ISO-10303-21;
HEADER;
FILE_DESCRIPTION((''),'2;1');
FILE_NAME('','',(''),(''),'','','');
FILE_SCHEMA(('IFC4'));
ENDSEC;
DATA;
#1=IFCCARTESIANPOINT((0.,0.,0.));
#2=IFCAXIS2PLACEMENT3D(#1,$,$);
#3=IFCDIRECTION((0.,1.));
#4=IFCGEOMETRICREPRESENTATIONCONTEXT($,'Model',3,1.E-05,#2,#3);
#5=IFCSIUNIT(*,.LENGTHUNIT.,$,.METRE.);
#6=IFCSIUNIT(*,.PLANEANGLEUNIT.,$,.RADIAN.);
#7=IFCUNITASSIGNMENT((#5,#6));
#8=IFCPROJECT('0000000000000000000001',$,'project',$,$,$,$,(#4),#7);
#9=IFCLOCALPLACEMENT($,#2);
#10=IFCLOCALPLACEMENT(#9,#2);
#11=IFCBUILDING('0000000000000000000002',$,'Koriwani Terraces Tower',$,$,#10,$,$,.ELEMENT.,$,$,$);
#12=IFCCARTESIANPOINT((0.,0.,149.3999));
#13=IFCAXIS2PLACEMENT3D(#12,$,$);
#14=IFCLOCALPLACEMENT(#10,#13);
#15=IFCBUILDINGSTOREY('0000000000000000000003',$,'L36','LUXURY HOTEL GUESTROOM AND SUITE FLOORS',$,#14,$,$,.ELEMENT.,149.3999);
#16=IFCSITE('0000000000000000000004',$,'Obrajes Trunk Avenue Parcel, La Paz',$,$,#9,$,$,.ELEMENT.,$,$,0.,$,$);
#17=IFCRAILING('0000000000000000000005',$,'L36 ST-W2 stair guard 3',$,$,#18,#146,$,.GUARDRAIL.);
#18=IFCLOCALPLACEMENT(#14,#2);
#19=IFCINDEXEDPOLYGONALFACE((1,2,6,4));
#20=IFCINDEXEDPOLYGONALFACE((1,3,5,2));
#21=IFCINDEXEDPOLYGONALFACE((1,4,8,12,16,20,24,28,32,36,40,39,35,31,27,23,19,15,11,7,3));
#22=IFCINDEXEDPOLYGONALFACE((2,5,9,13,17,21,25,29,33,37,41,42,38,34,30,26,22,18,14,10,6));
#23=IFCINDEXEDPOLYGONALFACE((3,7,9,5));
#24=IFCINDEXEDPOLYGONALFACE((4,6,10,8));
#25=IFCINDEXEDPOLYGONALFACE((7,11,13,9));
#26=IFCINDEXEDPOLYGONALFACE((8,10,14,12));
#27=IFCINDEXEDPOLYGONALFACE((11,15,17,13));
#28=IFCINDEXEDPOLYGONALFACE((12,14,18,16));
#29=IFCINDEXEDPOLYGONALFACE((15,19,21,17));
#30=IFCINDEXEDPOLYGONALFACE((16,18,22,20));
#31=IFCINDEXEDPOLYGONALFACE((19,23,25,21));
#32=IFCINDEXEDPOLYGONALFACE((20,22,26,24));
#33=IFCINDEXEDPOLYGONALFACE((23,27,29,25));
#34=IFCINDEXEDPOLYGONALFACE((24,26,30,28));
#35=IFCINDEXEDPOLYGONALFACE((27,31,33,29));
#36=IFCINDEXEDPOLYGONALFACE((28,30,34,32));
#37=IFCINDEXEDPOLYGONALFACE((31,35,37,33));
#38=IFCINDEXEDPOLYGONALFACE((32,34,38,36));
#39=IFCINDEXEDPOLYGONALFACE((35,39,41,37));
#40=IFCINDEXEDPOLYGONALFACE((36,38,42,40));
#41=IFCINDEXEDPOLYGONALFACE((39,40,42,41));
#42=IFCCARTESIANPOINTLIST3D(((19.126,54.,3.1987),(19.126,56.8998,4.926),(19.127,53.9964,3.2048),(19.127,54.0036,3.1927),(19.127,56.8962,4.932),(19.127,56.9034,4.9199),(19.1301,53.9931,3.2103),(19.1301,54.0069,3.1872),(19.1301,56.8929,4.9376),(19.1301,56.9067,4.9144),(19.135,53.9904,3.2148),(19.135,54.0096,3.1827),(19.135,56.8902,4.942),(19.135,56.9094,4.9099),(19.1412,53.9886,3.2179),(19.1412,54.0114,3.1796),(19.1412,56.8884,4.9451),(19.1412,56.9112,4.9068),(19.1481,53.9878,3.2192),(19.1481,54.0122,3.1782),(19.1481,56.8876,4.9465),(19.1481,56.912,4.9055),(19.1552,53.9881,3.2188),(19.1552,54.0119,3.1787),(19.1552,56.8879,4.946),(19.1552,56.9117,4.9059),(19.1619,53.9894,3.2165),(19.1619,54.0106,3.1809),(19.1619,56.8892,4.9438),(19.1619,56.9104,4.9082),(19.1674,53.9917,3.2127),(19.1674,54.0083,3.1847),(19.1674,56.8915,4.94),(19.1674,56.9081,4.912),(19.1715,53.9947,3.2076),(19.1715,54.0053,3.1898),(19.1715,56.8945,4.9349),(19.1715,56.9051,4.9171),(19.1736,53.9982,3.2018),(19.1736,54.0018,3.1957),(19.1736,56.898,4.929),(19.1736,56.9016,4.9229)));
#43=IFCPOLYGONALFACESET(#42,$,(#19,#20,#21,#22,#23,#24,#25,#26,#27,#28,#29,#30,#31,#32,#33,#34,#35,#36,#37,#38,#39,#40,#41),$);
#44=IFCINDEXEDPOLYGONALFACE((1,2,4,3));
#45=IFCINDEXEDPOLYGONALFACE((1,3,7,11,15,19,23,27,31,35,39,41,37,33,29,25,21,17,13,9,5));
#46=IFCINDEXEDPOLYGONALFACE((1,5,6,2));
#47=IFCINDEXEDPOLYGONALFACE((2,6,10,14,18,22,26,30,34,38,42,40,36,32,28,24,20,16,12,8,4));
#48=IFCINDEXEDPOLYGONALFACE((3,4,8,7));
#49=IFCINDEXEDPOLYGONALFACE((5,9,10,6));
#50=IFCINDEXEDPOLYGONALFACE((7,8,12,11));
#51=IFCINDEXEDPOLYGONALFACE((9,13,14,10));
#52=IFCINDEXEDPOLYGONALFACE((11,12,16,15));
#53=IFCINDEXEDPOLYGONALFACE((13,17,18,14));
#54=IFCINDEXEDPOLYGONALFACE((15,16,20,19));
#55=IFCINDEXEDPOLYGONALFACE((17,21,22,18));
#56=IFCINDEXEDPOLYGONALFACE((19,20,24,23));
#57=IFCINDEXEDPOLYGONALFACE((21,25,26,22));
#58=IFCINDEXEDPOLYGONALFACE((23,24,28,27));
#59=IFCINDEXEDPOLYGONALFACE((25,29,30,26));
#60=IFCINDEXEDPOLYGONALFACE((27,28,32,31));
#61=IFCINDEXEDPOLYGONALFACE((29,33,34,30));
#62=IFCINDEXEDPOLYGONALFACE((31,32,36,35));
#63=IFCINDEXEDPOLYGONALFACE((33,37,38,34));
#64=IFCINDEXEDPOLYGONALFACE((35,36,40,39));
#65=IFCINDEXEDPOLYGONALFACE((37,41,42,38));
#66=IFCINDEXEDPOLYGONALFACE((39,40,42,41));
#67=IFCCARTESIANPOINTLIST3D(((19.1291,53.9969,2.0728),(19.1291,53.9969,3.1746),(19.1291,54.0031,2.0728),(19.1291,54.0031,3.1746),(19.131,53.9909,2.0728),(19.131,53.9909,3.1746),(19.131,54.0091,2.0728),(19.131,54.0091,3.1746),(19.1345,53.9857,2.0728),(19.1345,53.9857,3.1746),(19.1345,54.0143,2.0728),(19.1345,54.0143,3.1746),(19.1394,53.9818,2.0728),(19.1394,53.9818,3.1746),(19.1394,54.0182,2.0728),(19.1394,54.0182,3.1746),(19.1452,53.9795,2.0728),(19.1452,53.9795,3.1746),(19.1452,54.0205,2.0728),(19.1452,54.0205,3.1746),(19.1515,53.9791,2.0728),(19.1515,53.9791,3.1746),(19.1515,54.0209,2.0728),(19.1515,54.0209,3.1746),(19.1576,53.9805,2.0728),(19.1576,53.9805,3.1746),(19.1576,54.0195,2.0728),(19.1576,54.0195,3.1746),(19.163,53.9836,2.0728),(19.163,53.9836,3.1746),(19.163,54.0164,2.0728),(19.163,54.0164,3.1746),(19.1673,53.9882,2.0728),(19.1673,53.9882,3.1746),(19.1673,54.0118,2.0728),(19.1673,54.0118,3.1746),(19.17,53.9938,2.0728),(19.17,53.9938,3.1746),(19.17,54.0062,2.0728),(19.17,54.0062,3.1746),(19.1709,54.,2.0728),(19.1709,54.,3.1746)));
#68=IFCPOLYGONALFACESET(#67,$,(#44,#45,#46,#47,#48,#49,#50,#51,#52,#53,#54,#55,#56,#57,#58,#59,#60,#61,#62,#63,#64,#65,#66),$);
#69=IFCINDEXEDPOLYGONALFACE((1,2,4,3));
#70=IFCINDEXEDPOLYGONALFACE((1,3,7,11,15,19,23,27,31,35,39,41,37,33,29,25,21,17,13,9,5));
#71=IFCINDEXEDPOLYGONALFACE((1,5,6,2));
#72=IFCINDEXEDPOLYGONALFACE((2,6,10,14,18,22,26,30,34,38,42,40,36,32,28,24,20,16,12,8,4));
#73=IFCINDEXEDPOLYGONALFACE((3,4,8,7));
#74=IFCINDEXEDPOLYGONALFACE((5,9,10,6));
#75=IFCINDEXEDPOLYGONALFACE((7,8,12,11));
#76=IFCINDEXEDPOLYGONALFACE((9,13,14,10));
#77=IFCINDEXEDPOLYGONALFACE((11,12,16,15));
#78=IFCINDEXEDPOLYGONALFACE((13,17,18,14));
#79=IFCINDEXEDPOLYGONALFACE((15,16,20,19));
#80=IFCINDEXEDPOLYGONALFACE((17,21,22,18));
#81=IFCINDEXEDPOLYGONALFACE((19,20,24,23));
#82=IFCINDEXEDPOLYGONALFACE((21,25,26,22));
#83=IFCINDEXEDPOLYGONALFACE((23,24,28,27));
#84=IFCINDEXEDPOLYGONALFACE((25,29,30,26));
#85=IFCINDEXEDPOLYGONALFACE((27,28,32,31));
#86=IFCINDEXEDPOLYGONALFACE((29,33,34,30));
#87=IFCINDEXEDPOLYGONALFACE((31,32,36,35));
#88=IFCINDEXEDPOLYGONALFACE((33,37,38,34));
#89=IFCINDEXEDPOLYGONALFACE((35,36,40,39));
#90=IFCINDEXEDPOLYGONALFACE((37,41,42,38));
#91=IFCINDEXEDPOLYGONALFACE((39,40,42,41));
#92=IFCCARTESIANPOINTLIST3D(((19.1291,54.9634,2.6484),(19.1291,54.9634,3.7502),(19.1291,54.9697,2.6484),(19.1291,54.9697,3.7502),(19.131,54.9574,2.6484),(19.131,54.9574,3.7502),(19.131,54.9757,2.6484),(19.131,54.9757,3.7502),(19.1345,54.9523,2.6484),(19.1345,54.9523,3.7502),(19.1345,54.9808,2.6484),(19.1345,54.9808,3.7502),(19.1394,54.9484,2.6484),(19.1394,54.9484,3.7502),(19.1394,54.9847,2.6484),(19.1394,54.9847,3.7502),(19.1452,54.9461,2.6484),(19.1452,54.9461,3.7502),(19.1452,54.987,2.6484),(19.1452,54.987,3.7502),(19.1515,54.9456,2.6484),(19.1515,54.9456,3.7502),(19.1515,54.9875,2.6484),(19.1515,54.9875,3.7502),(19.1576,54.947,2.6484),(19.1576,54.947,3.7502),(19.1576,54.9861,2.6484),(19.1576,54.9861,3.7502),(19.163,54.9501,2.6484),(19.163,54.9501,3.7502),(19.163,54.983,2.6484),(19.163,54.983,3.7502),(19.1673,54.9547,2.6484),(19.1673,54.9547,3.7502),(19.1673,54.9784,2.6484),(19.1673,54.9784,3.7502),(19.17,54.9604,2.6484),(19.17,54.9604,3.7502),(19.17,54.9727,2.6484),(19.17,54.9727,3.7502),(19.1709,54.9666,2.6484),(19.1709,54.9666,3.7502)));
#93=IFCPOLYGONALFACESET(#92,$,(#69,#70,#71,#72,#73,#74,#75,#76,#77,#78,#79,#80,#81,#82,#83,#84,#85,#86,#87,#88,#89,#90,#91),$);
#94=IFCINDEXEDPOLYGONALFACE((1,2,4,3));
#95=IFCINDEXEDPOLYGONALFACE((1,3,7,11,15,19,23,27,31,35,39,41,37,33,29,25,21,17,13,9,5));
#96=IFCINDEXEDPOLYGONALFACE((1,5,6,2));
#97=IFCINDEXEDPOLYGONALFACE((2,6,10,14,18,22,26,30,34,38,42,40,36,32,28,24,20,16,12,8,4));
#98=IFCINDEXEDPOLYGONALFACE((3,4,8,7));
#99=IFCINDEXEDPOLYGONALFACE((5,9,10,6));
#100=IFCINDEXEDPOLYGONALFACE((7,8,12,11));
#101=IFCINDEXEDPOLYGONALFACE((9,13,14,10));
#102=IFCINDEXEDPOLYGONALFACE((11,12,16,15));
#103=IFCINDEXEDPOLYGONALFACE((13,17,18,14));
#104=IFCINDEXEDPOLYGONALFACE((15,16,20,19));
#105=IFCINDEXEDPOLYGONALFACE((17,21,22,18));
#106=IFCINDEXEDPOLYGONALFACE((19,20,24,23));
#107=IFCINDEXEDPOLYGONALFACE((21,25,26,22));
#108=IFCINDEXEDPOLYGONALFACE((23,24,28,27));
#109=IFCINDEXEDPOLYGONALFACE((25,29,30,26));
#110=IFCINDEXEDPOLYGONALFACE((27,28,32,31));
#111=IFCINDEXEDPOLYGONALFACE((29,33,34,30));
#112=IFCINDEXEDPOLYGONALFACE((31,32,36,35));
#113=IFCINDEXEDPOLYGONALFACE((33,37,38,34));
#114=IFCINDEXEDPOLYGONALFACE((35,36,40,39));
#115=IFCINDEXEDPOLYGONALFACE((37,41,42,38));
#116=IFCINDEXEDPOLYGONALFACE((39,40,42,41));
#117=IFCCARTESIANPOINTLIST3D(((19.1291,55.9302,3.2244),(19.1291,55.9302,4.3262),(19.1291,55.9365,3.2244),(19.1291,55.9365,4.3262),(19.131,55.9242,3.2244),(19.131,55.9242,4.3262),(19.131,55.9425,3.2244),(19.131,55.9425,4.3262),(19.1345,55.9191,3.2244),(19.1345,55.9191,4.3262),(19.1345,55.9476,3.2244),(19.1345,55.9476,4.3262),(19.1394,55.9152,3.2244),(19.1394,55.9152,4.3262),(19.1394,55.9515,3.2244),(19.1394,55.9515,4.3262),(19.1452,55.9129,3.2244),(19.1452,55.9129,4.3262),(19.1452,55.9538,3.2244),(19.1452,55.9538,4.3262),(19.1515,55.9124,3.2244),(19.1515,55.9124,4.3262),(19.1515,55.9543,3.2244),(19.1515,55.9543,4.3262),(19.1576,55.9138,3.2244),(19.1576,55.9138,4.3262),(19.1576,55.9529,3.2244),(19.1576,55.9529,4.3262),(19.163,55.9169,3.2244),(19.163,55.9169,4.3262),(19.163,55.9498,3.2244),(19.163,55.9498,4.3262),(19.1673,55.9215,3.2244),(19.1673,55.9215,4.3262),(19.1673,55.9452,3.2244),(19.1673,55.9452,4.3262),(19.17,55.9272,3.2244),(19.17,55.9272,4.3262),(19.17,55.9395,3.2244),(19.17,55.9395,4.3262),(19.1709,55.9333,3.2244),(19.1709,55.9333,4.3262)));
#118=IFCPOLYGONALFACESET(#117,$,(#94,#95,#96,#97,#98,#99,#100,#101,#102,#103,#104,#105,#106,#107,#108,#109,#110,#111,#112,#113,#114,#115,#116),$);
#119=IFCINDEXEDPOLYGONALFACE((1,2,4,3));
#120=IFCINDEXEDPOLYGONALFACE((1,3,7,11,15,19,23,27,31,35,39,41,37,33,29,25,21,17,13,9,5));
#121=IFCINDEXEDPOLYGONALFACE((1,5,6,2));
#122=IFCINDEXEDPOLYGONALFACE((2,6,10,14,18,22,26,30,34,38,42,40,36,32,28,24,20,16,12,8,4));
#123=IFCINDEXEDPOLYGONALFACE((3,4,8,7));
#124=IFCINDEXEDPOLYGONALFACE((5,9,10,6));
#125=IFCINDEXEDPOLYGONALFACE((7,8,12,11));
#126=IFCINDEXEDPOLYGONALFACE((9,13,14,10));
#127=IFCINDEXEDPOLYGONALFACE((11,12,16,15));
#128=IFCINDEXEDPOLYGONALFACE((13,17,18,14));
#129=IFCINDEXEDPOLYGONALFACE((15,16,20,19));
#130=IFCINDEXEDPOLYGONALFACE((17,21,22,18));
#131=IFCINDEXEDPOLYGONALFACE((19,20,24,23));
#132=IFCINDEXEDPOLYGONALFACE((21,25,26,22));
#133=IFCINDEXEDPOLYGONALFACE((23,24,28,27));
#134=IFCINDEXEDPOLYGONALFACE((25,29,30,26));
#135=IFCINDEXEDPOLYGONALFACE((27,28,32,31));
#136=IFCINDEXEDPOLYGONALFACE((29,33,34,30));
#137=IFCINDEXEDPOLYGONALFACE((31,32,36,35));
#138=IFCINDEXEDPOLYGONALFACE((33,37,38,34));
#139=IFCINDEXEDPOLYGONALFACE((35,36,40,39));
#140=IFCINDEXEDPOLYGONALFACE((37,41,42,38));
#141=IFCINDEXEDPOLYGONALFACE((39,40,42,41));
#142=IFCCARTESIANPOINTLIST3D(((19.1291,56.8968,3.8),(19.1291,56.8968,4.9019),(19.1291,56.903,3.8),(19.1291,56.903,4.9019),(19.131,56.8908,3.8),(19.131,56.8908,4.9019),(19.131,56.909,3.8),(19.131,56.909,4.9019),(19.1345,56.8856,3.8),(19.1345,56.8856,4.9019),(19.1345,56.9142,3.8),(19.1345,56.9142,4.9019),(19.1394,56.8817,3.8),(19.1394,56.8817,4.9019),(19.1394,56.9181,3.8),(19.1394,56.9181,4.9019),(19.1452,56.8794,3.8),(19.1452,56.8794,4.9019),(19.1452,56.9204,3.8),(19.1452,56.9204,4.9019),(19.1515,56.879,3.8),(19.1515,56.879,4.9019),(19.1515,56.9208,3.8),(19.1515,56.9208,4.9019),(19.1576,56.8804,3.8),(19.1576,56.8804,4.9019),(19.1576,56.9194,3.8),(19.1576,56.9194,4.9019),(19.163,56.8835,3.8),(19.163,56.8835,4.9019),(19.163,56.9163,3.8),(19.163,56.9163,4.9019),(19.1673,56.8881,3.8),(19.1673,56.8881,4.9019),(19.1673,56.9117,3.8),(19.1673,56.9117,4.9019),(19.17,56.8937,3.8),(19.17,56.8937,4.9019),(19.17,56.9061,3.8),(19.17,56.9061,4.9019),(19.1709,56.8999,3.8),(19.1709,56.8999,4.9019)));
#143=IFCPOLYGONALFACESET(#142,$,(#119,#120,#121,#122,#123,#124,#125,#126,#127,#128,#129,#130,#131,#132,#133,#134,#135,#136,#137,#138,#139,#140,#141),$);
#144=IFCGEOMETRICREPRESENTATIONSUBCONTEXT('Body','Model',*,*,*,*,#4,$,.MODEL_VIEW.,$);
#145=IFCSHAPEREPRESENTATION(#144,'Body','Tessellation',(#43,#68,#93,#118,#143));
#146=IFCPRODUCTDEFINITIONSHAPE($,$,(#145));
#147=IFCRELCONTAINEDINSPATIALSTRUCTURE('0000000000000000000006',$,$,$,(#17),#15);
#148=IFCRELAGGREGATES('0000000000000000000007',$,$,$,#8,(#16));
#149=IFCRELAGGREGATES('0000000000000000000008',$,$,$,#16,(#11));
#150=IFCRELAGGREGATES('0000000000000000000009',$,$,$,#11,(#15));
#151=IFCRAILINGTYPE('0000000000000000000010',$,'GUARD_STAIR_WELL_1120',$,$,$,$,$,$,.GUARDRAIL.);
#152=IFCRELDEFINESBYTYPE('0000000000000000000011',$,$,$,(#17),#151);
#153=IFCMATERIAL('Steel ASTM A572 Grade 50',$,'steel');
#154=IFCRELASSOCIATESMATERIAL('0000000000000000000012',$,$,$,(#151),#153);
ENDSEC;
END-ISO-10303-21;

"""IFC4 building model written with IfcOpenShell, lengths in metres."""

from ifc_helpers import new_model, si_unit, direction, frame, origin, origin_2d, place, context, subcontext, project, spatial, circle, extrude, material, type_object, element, save


model = new_model("IFC4")

# Units and contexts
model_context = context("Model", 3, precision=1e-05, world=origin(), true_north=direction((0.0, 1.0)))
body_context = subcontext(model_context, "Body", "Model", "MODEL_VIEW")
ifc_project = project(units=[si_unit("LENGTHUNIT", "METRE"), si_unit("PLANEANGLEUNIT", "RADIAN")], contexts=[model_context])

# Site, building, storey
site_placement = place(None, origin())
site = spatial("IfcSite", under=ifc_project, at=site_placement, Name="Obrajes Trunk Avenue Parcel, La Paz", CompositionType="ELEMENT", RefElevation=0.0)
building_placement = place(site_placement, origin())
building = spatial("IfcBuilding", under=site, at=building_placement, Name="Koriwani Terraces Tower", CompositionType="ELEMENT")
storey_placement = place(building_placement, frame((0.0, 0.0, 149.3999)))
storey = spatial("IfcBuildingStorey", under=building, at=storey_placement, Name="L36", Description="LUXURY HOTEL GUESTROOM AND SUITE FLOORS", CompositionType="ELEMENT", Elevation=149.3999)

# Shared definitions
ifc_material_1 = material(Name="Steel ASTM A572 Grade 50", Category="steel")

# Railing
railing_type_1 = type_object("IfcRailingType", Name="GUARD_STAIR_WELL_1120", PredefinedType="GUARDRAIL", material=ifc_material_1)
railing_1_placement = place(storey_placement, frame((19.1499, 54.0, 2.0728)))
element("IfcRailing", 1, at=railing_1_placement, inside=storey, type_object=railing_type_1, Name="L36 ST-W2 stair guard 3", PredefinedType="GUARDRAIL", context=body_context, shape_type="SweptSolid", body=[
    extrude(circle(Radius=0.0239, at=origin_2d()), frame((0.0, 0.0, 1.126), z_axis=(0.0, 0.859141, 0.511738), x_axis=(-1.0, 0.0, 0.0)), (0.0, 0.0, 1.0), 3.3752),
    extrude(circle(Radius=0.021, at=origin_2d()), origin(), (0.0, 0.0, 1.0), 1.1018),
    extrude(circle(Radius=0.021, at=origin_2d()), frame((0.0, 0.9666, 0.5757)), (0.0, 0.0, 1.0), 1.1018),
    extrude(circle(Radius=0.021, at=origin_2d()), frame((0.0, 1.9333, 1.1516)), (0.0, 0.0, 1.0), 1.1018),
    extrude(circle(Radius=0.021, at=origin_2d()), frame((0.0, 2.8999, 1.7273)), (0.0, 0.0, 1.0), 1.1018),
])

save(model, "model.ifc")
